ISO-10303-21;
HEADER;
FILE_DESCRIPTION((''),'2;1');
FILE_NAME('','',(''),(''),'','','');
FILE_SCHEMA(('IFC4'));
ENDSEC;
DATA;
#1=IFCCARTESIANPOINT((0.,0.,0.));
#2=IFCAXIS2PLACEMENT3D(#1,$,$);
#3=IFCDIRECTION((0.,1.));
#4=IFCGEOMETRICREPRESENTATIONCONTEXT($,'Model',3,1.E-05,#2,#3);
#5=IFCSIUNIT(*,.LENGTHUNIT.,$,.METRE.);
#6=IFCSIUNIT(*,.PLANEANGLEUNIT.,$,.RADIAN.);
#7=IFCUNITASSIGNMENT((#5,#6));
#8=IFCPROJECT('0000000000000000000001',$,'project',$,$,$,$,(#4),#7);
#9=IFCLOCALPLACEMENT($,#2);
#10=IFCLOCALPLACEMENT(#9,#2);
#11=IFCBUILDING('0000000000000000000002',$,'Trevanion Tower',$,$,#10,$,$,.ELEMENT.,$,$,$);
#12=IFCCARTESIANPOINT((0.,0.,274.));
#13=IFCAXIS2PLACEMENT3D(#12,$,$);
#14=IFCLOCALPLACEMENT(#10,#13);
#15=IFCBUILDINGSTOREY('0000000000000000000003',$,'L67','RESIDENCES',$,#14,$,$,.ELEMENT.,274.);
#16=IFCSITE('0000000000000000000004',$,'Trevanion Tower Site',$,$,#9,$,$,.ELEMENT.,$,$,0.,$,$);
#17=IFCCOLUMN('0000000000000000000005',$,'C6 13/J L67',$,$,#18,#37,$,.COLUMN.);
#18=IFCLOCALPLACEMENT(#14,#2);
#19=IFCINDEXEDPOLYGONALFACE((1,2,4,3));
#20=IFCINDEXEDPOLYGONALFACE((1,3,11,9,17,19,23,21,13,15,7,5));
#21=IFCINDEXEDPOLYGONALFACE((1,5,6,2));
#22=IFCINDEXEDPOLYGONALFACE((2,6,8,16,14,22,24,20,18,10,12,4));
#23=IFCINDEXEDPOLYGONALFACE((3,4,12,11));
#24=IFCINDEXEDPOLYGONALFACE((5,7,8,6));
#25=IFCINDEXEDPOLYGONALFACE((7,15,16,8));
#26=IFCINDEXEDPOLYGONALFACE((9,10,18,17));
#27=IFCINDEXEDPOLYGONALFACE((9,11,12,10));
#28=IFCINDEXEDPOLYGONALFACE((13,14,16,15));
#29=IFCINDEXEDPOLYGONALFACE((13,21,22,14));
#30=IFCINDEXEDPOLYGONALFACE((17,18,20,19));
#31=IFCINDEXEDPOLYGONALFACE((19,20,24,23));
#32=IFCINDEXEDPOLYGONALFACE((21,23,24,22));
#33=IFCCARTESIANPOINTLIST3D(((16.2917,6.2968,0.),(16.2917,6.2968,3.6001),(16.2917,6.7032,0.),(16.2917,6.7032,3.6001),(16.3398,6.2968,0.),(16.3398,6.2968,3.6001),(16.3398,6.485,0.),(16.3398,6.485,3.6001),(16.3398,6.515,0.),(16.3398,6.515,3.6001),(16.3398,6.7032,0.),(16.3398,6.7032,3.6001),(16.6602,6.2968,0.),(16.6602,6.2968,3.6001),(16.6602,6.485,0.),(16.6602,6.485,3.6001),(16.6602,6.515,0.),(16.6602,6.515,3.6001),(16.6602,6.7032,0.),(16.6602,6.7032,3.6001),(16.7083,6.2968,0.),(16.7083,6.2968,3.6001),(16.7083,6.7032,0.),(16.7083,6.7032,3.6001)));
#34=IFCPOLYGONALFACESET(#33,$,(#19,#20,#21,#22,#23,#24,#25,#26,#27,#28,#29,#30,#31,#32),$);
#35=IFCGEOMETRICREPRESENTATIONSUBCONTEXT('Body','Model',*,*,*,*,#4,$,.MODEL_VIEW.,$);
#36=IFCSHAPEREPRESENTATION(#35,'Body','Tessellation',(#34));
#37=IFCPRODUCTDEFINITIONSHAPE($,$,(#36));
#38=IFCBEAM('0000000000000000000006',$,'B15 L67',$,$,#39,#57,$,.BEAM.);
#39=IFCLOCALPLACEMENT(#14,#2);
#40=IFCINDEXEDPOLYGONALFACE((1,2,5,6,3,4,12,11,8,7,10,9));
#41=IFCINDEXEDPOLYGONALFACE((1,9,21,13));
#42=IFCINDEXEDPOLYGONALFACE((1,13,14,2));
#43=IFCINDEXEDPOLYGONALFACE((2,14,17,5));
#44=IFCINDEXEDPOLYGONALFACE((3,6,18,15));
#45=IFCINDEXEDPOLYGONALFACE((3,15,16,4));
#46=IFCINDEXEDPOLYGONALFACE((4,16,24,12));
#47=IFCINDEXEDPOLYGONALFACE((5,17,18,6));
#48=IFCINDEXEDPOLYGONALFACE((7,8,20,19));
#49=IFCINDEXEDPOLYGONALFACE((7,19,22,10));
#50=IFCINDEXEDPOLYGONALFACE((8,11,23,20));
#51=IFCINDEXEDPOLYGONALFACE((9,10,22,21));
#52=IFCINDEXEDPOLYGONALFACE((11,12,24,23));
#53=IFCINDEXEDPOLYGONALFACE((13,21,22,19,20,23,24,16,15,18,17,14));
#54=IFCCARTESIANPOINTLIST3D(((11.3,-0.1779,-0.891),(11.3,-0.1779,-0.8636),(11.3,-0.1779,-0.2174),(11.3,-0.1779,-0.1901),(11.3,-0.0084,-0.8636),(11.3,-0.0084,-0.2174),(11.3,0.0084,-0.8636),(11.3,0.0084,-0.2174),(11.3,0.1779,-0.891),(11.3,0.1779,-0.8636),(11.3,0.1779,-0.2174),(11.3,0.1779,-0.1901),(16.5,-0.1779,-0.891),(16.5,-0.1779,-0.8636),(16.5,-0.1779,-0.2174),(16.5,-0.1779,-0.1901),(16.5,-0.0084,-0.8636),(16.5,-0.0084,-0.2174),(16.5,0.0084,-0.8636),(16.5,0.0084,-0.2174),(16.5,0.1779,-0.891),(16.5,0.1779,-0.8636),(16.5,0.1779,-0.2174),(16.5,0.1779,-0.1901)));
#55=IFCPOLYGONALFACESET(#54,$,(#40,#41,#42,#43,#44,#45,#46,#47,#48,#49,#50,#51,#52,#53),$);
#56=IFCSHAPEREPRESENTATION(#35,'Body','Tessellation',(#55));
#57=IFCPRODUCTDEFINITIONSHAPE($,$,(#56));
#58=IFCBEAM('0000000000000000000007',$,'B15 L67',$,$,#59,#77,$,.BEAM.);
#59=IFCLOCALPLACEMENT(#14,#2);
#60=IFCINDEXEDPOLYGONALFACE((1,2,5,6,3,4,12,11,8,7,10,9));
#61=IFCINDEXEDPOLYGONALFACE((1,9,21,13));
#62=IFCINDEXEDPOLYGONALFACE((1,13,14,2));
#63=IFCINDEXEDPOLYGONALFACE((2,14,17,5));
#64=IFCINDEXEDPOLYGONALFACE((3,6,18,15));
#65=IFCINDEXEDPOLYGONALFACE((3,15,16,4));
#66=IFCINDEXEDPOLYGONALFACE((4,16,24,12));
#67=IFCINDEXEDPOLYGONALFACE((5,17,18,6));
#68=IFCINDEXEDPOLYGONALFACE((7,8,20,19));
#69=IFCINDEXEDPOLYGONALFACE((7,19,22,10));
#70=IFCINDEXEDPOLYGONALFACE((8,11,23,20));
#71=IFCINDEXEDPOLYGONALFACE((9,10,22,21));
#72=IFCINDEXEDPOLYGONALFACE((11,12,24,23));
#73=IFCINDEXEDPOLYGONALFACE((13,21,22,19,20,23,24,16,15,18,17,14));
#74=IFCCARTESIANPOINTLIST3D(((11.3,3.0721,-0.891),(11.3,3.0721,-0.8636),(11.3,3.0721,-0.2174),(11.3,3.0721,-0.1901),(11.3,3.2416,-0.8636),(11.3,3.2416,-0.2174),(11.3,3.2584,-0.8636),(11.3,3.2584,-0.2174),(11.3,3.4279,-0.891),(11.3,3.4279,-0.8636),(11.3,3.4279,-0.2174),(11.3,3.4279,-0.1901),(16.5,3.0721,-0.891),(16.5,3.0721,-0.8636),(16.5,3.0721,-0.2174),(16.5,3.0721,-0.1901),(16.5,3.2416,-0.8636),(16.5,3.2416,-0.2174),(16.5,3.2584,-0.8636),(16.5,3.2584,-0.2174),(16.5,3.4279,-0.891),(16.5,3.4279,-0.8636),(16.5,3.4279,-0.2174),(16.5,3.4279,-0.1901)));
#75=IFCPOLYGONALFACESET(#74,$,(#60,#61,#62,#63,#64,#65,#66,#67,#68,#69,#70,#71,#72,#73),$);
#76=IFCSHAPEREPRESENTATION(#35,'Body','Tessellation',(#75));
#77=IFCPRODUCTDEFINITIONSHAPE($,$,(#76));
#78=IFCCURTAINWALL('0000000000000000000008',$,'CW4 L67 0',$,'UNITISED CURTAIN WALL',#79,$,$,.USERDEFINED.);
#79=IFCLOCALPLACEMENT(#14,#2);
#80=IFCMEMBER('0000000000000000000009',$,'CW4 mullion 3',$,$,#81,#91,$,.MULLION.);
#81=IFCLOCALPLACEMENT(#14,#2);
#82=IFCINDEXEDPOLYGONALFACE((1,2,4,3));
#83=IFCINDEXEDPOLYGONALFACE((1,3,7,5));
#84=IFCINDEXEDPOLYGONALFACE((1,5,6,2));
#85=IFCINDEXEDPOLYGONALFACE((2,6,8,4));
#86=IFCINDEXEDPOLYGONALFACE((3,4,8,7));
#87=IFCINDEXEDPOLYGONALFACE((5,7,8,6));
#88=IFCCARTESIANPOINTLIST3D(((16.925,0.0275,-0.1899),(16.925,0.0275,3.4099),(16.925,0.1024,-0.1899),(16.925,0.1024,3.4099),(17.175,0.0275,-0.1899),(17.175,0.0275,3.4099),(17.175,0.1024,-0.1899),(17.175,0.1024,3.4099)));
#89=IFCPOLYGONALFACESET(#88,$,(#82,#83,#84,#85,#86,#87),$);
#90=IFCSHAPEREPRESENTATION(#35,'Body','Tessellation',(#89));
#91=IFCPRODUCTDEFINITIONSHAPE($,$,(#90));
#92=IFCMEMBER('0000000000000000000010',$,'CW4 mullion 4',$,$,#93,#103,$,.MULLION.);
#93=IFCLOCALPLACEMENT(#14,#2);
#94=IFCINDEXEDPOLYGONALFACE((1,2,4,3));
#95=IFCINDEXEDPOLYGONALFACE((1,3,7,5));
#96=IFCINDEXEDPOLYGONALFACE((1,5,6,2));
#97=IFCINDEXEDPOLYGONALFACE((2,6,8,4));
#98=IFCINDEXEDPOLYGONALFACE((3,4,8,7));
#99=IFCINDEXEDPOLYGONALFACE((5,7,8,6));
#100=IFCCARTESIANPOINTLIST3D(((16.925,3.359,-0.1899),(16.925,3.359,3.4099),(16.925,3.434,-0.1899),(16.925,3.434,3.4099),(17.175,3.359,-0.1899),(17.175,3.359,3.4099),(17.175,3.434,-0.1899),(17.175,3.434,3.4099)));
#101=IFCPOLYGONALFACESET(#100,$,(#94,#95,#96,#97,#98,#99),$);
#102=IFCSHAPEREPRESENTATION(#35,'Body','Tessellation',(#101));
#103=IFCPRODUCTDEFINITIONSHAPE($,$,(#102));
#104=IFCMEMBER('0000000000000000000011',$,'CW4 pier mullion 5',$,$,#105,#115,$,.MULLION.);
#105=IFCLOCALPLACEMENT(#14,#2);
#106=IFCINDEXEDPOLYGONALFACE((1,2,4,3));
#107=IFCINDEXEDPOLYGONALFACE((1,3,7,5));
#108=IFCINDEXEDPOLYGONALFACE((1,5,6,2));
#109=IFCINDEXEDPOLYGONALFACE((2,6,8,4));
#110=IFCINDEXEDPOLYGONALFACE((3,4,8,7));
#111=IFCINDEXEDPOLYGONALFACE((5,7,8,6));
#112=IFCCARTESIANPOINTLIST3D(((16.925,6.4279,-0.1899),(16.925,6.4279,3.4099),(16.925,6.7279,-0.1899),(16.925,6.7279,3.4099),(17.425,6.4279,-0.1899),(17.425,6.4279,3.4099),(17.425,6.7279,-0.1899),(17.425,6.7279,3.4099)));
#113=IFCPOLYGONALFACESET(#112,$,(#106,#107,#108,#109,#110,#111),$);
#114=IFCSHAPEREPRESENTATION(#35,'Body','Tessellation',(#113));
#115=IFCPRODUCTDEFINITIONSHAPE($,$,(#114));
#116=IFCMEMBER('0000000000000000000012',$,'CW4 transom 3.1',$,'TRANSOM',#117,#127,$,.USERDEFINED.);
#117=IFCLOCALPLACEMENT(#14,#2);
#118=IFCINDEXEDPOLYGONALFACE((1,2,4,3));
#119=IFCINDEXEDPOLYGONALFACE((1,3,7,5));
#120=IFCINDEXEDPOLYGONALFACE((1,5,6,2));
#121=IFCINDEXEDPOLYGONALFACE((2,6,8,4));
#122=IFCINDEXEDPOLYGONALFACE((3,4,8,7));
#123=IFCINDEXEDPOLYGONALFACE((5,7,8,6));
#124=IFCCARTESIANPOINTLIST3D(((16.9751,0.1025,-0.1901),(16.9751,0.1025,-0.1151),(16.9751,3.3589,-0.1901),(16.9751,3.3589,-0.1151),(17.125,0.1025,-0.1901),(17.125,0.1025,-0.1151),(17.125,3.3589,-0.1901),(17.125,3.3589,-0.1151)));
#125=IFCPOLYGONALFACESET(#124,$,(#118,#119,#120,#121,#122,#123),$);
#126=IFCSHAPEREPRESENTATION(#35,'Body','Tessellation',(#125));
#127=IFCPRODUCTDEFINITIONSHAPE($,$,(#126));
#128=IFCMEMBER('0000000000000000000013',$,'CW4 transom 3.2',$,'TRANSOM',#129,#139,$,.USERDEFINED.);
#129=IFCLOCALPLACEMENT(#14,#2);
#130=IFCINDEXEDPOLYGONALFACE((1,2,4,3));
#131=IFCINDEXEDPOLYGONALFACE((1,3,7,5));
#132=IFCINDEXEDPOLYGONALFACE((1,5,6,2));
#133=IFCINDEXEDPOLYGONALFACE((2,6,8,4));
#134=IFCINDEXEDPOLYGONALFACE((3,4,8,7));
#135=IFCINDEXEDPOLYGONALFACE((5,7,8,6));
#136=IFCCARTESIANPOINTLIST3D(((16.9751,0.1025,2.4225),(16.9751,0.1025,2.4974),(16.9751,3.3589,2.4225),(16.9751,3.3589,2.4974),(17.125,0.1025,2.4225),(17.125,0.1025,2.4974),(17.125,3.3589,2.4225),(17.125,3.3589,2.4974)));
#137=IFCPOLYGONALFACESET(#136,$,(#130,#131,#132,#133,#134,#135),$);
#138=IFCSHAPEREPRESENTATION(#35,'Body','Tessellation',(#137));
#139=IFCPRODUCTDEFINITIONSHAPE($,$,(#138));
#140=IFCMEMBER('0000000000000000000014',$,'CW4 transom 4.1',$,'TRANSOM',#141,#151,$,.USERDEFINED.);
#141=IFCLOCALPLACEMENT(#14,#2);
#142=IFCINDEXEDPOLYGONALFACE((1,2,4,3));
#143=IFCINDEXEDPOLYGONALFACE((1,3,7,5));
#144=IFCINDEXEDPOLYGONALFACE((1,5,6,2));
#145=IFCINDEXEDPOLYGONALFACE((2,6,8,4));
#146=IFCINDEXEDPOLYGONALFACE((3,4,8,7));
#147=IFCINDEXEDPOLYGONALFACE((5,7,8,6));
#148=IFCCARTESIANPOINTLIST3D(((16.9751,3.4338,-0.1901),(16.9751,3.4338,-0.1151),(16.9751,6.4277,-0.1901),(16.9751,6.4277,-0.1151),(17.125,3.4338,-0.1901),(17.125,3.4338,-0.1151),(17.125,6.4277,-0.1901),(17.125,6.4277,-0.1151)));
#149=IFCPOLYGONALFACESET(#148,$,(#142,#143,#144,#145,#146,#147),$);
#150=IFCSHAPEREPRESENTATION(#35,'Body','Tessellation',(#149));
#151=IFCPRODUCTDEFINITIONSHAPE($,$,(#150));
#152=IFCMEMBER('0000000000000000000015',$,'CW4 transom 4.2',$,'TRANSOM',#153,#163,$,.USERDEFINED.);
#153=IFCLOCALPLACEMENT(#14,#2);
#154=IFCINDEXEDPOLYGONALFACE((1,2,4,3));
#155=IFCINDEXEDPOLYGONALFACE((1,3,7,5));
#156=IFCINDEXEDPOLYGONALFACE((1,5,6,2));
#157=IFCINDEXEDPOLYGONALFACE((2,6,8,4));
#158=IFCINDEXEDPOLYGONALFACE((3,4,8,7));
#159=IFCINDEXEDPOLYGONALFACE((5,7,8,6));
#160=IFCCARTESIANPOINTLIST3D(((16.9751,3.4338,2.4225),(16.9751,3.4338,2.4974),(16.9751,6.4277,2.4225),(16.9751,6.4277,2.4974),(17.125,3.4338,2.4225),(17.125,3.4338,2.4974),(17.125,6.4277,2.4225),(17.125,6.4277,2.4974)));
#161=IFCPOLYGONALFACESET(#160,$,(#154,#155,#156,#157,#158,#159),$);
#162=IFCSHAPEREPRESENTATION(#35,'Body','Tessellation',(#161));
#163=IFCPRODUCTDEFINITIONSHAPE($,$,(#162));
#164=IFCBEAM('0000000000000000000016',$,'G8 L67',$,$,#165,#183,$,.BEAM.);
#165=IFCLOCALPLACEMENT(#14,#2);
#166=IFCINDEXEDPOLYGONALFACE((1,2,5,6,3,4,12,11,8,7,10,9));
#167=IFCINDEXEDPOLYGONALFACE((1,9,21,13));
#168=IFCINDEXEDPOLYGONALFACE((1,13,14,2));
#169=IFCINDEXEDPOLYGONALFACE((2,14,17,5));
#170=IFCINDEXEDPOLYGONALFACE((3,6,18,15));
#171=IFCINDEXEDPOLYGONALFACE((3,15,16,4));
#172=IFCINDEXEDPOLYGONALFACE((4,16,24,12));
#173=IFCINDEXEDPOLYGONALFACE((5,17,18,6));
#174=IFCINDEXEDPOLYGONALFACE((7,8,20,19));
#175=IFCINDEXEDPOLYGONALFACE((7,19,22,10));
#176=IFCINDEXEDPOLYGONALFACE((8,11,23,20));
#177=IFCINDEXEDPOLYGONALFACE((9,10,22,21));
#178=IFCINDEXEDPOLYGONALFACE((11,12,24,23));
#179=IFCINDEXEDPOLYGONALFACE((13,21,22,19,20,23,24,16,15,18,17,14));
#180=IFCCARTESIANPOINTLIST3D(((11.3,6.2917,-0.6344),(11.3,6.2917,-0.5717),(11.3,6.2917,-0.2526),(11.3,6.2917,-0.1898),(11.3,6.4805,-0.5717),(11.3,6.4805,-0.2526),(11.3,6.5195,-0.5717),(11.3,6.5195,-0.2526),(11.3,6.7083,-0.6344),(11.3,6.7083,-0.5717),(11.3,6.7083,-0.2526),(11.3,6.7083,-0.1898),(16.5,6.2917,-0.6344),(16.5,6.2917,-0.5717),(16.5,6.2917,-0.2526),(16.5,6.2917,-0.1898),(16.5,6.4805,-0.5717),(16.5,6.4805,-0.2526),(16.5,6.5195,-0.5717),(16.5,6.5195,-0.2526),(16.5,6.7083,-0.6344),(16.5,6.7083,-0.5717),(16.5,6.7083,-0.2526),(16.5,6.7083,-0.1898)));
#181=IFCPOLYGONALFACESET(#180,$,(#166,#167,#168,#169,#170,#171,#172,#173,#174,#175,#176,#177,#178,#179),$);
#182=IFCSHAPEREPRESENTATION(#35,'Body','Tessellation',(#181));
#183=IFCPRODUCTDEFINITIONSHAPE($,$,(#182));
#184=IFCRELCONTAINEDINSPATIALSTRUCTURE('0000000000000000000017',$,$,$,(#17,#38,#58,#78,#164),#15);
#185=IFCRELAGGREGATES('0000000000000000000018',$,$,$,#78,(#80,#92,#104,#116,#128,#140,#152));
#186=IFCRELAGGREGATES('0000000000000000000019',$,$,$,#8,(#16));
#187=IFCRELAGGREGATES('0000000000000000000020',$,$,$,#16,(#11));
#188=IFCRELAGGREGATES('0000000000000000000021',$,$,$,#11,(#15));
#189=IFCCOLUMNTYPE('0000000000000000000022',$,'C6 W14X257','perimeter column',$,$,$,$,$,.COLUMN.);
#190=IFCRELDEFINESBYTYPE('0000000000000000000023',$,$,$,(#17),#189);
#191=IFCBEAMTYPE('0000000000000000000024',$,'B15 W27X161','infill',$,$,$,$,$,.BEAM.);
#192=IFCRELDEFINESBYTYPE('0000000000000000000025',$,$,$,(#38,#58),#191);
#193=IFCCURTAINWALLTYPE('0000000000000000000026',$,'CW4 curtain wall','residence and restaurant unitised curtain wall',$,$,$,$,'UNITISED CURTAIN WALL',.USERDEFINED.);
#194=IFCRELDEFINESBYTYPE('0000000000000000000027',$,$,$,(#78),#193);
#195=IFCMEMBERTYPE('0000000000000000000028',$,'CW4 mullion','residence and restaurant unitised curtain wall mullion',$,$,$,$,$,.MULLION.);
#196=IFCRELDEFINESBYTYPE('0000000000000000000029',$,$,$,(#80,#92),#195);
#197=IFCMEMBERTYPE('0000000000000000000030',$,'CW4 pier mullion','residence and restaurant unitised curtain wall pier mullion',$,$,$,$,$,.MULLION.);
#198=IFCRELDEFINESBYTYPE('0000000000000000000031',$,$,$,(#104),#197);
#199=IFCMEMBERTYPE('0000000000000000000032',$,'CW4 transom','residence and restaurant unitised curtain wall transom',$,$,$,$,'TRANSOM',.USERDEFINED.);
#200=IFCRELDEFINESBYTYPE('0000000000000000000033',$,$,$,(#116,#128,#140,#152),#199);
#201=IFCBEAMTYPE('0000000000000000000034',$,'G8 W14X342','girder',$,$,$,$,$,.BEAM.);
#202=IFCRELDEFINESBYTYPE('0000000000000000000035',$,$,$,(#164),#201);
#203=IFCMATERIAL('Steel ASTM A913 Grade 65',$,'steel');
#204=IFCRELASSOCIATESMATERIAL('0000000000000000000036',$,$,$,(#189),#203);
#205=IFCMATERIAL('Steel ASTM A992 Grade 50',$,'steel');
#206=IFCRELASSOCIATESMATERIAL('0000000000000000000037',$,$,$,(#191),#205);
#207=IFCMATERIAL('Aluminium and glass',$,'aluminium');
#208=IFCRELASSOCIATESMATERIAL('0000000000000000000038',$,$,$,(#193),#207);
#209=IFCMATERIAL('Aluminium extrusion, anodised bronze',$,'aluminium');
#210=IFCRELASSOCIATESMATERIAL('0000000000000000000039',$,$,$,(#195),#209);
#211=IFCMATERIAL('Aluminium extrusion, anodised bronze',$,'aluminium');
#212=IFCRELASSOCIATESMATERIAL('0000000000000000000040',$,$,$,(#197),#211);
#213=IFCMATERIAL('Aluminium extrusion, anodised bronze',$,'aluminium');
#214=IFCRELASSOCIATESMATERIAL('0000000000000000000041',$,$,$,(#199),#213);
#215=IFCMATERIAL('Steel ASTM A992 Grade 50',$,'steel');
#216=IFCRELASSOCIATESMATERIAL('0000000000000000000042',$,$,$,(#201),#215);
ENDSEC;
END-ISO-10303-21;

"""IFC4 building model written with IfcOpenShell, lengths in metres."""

from ifc_helpers import new_model, si_unit, direction, frame, origin, origin_2d, place, context, subcontext, project, spatial, rectangle, i_section, extrude, material, material_profile, profile_set, type_object, element, aggregate, save


model = new_model("IFC4")

# Units and contexts
model_context = context("Model", 3, precision=1e-05, world=origin(), true_north=direction((0.0, 1.0)))
body_context = subcontext(model_context, "Body", "Model", "MODEL_VIEW")
ifc_project = project(units=[si_unit("LENGTHUNIT", "METRE"), si_unit("PLANEANGLEUNIT", "RADIAN")], contexts=[model_context])

# Site, building, storey
site_placement = place(None, origin())
site = spatial("IfcSite", under=ifc_project, at=site_placement, Name="Trevanion Tower Site", CompositionType="ELEMENT", RefElevation=0.0)
building_placement = place(site_placement, origin())
building = spatial("IfcBuilding", under=site, at=building_placement, Name="Trevanion Tower", CompositionType="ELEMENT")
storey_placement = place(building_placement, frame((0.0, 0.0, 274.0)))
storey = spatial("IfcBuildingStorey", under=building, at=storey_placement, Name="L67", Description="RESIDENCES", CompositionType="ELEMENT", Elevation=274.0)

# Column
ifc_material_1 = material(Name="Steel ASTM A913 Grade 65", Category="steel")
ifc_material_profile_1 = material_profile(ifc_material_1, i_section(OverallWidth=0.4065, OverallDepth=0.4165, WebThickness=0.03, FlangeThickness=0.0481, at=origin_2d()), Name="W14X257")
ifc_profile_set_1 = profile_set([ifc_material_profile_1], Name="Steel ASTM A913 Grade 65")
column_type = type_object("IfcColumnType", Name="C6 W14X257", Description="perimeter column", PredefinedType="COLUMN", material=ifc_profile_set_1)
column_placement = place(storey_placement, frame((16.5, 6.5, 0.0), z_axis=(0.0, 0.0, 1.0), x_axis=(0.0, 1.0, 0.0)))
element("IfcColumn", 1, at=column_placement, inside=storey, type_object=column_type, Name="C6 13/J L67", PredefinedType="COLUMN", context=body_context, shape_type="SweptSolid", body=[
    extrude(i_section(OverallWidth=0.4065, OverallDepth=0.4165, WebThickness=0.03, FlangeThickness=0.0481, at=origin_2d()), origin(), (0.0, 0.0, 1.0), 3.6001),
])

# Beams
ifc_material_2 = material(Name="Steel ASTM A992 Grade 50", Category="steel")
ifc_material_profile_2 = material_profile(ifc_material_2, i_section(OverallWidth=0.3557, OverallDepth=0.7009, WebThickness=0.0168, FlangeThickness=0.0273, at=origin_2d()), Name="W27X161")
ifc_profile_set_2 = profile_set([ifc_material_profile_2], Name="Steel ASTM A992 Grade 50")
beam_type_1 = type_object("IfcBeamType", Name="B15 W27X161", Description="infill", PredefinedType="BEAM", material=ifc_profile_set_2)
for number, where, z_axis, x_axis, name in (
    (2, (11.3, 0.0, -0.5405), (1.0, 0.0, 0.0), (0.0, 1.0, 0.0), "B15 L67"),
    (3, (11.3, 3.25, -0.5405), (1.0, 0.0, 0.0), (0.0, 1.0, 0.0), "B15 L67"),
):
    element("IfcBeam", number, at=place(storey_placement, frame(where, z_axis=z_axis, x_axis=x_axis)), inside=storey, type_object=beam_type_1, Name=name, PredefinedType="BEAM", context=body_context, shape_type="SweptSolid", body=[
        extrude(i_section(OverallWidth=0.3557, OverallDepth=0.7009, WebThickness=0.0168, FlangeThickness=0.0273, at=origin_2d()), origin(), (0.0, 0.0, 1.0), 5.2),
    ])

# Curtain wall, members
ifc_material_3 = material(Name="Aluminium and glass", Category="aluminium")
curtain_wall_type = type_object("IfcCurtainWallType", Name="CW4 curtain wall", Description="residence and restaurant unitised curtain wall", ElementType="UNITISED CURTAIN WALL", PredefinedType="USERDEFINED", material=ifc_material_3)
curtain_wall_placement = place(storey_placement, origin())
curtain_wall = element("IfcCurtainWall", 4, at=curtain_wall_placement, inside=storey, type_object=curtain_wall_type, Name="CW4 L67 0", ObjectType="UNITISED CURTAIN WALL", PredefinedType="USERDEFINED")
ifc_material_4 = material(Name="Aluminium extrusion, anodised bronze", Category="aluminium")
ifc_material_profile_3 = material_profile(ifc_material_4, rectangle(XDim=0.075, YDim=0.25, at=origin_2d()), Name="CW4 mullion")
ifc_profile_set_3 = profile_set([ifc_material_profile_3], Name="Aluminium extrusion, anodised bronze")
member_type_1 = type_object("IfcMemberType", Name="CW4 mullion", Description="residence and restaurant unitised curtain wall mullion", PredefinedType="MULLION", material=ifc_profile_set_3)
member_1_placement = place(storey_placement, frame((17.05, 0.0649, -0.1899), z_axis=(0.0, 0.0, 1.0), x_axis=(0.0, 1.0, 0.0)))
member_1 = element("IfcMember", 5, at=member_1_placement, type_object=member_type_1, Name="CW4 mullion 3", PredefinedType="MULLION", context=body_context, shape_type="SweptSolid", body=[
    extrude(rectangle(XDim=0.075, YDim=0.25, at=origin_2d()), origin(), (0.0, 0.0, 1.0), 3.5999),
])
member_2_placement = place(storey_placement, frame((17.05, 3.3965, -0.1899), z_axis=(0.0, 0.0, 1.0), x_axis=(0.0, 1.0, 0.0)))
member_2 = element("IfcMember", 6, at=member_2_placement, type_object=member_type_1, Name="CW4 mullion 4", PredefinedType="MULLION", context=body_context, shape_type="SweptSolid", body=[
    extrude(rectangle(XDim=0.075, YDim=0.25, at=origin_2d()), origin(), (0.0, 0.0, 1.0), 3.5999),
])
ifc_material_5 = material(Name="Aluminium extrusion, anodised bronze", Category="aluminium")
ifc_material_profile_4 = material_profile(ifc_material_5, rectangle(XDim=0.3, YDim=0.5, at=origin_2d()), Name="CW4 pier mullion")
ifc_profile_set_4 = profile_set([ifc_material_profile_4], Name="Aluminium extrusion, anodised bronze")
member_type_2 = type_object("IfcMemberType", Name="CW4 pier mullion", Description="residence and restaurant unitised curtain wall pier mullion", PredefinedType="MULLION", material=ifc_profile_set_4)
member_3_placement = place(storey_placement, frame((17.175, 6.5779, -0.1899), z_axis=(0.0, 0.0, 1.0), x_axis=(0.0, 1.0, 0.0)))
member_3 = element("IfcMember", 7, at=member_3_placement, type_object=member_type_2, Name="CW4 pier mullion 5", PredefinedType="MULLION", context=body_context, shape_type="SweptSolid", body=[
    extrude(rectangle(XDim=0.3, YDim=0.5, at=origin_2d()), origin(), (0.0, 0.0, 1.0), 3.5999),
])
ifc_material_6 = material(Name="Aluminium extrusion, anodised bronze", Category="aluminium")
ifc_material_profile_5 = material_profile(ifc_material_6, rectangle(XDim=0.1499, YDim=0.075, at=origin_2d()), Name="CW4 transom")
ifc_profile_set_5 = profile_set([ifc_material_profile_5], Name="Aluminium extrusion, anodised bronze")
member_type_3 = type_object("IfcMemberType", Name="CW4 transom", Description="residence and restaurant unitised curtain wall transom", ElementType="TRANSOM", PredefinedType="USERDEFINED", material=ifc_profile_set_5)
member_4_placement = place(storey_placement, frame((17.05, 0.1025, -0.1526), z_axis=(0.0, 1.0, 0.0), x_axis=(-1.0, 0.0, 0.0)))
member_4 = element("IfcMember", 8, at=member_4_placement, type_object=member_type_3, Name="CW4 transom 3.1", ObjectType="TRANSOM", PredefinedType="USERDEFINED", context=body_context, shape_type="SweptSolid", body=[
    extrude(rectangle(XDim=0.1499, YDim=0.075, at=origin_2d()), origin(), (0.0, 0.0, 1.0), 3.2563),
])
member_5_placement = place(storey_placement, frame((17.05, 0.1025, 2.46), z_axis=(0.0, 1.0, 0.0), x_axis=(-1.0, 0.0, 0.0)))
member_5 = element("IfcMember", 9, at=member_5_placement, type_object=member_type_3, Name="CW4 transom 3.2", ObjectType="TRANSOM", PredefinedType="USERDEFINED", context=body_context, shape_type="SweptSolid", body=[
    extrude(rectangle(XDim=0.1499, YDim=0.075, at=origin_2d()), origin(), (0.0, 0.0, 1.0), 3.2563),
])
member_6_placement = place(storey_placement, frame((17.05, 3.4338, -0.1526), z_axis=(0.0, 1.0, 0.0), x_axis=(-1.0, 0.0, 0.0)))
member_6 = element("IfcMember", 10, at=member_6_placement, type_object=member_type_3, Name="CW4 transom 4.1", ObjectType="TRANSOM", PredefinedType="USERDEFINED", context=body_context, shape_type="SweptSolid", body=[
    extrude(rectangle(XDim=0.1499, YDim=0.075, at=origin_2d()), origin(), (0.0, 0.0, 1.0), 2.9939),
])
member_7_placement = place(storey_placement, frame((17.05, 3.4338, 2.46), z_axis=(0.0, 1.0, 0.0), x_axis=(-1.0, 0.0, 0.0)))
member_7 = element("IfcMember", 11, at=member_7_placement, type_object=member_type_3, Name="CW4 transom 4.2", ObjectType="TRANSOM", PredefinedType="USERDEFINED", context=body_context, shape_type="SweptSolid", body=[
    extrude(rectangle(XDim=0.1499, YDim=0.075, at=origin_2d()), origin(), (0.0, 0.0, 1.0), 2.9939),
])

# Beam
ifc_material_7 = material(Name="Steel ASTM A992 Grade 50", Category="steel")
ifc_material_profile_6 = material_profile(ifc_material_7, i_section(OverallWidth=0.4165, OverallDepth=0.4446, WebThickness=0.0391, FlangeThickness=0.0627, at=origin_2d()), Name="W14X342")
ifc_profile_set_6 = profile_set([ifc_material_profile_6], Name="Steel ASTM A992 Grade 50")
beam_type_2 = type_object("IfcBeamType", Name="G8 W14X342", Description="girder", PredefinedType="BEAM", material=ifc_profile_set_6)
beam_1_placement = place(storey_placement, frame((11.3, 6.5, -0.4121), z_axis=(1.0, 0.0, 0.0), x_axis=(0.0, 1.0, 0.0)))
element("IfcBeam", 12, at=beam_1_placement, inside=storey, type_object=beam_type_2, Name="G8 L67", PredefinedType="BEAM", context=body_context, shape_type="SweptSolid", body=[
    extrude(i_section(OverallWidth=0.4165, OverallDepth=0.4446, WebThickness=0.0391, FlangeThickness=0.0627, at=origin_2d()), origin(), (0.0, 0.0, 1.0), 5.2),
])

aggregate(curtain_wall, [member_1, member_2, member_3, member_4, member_5, member_6, member_7])

save(model, "model.ifc")
